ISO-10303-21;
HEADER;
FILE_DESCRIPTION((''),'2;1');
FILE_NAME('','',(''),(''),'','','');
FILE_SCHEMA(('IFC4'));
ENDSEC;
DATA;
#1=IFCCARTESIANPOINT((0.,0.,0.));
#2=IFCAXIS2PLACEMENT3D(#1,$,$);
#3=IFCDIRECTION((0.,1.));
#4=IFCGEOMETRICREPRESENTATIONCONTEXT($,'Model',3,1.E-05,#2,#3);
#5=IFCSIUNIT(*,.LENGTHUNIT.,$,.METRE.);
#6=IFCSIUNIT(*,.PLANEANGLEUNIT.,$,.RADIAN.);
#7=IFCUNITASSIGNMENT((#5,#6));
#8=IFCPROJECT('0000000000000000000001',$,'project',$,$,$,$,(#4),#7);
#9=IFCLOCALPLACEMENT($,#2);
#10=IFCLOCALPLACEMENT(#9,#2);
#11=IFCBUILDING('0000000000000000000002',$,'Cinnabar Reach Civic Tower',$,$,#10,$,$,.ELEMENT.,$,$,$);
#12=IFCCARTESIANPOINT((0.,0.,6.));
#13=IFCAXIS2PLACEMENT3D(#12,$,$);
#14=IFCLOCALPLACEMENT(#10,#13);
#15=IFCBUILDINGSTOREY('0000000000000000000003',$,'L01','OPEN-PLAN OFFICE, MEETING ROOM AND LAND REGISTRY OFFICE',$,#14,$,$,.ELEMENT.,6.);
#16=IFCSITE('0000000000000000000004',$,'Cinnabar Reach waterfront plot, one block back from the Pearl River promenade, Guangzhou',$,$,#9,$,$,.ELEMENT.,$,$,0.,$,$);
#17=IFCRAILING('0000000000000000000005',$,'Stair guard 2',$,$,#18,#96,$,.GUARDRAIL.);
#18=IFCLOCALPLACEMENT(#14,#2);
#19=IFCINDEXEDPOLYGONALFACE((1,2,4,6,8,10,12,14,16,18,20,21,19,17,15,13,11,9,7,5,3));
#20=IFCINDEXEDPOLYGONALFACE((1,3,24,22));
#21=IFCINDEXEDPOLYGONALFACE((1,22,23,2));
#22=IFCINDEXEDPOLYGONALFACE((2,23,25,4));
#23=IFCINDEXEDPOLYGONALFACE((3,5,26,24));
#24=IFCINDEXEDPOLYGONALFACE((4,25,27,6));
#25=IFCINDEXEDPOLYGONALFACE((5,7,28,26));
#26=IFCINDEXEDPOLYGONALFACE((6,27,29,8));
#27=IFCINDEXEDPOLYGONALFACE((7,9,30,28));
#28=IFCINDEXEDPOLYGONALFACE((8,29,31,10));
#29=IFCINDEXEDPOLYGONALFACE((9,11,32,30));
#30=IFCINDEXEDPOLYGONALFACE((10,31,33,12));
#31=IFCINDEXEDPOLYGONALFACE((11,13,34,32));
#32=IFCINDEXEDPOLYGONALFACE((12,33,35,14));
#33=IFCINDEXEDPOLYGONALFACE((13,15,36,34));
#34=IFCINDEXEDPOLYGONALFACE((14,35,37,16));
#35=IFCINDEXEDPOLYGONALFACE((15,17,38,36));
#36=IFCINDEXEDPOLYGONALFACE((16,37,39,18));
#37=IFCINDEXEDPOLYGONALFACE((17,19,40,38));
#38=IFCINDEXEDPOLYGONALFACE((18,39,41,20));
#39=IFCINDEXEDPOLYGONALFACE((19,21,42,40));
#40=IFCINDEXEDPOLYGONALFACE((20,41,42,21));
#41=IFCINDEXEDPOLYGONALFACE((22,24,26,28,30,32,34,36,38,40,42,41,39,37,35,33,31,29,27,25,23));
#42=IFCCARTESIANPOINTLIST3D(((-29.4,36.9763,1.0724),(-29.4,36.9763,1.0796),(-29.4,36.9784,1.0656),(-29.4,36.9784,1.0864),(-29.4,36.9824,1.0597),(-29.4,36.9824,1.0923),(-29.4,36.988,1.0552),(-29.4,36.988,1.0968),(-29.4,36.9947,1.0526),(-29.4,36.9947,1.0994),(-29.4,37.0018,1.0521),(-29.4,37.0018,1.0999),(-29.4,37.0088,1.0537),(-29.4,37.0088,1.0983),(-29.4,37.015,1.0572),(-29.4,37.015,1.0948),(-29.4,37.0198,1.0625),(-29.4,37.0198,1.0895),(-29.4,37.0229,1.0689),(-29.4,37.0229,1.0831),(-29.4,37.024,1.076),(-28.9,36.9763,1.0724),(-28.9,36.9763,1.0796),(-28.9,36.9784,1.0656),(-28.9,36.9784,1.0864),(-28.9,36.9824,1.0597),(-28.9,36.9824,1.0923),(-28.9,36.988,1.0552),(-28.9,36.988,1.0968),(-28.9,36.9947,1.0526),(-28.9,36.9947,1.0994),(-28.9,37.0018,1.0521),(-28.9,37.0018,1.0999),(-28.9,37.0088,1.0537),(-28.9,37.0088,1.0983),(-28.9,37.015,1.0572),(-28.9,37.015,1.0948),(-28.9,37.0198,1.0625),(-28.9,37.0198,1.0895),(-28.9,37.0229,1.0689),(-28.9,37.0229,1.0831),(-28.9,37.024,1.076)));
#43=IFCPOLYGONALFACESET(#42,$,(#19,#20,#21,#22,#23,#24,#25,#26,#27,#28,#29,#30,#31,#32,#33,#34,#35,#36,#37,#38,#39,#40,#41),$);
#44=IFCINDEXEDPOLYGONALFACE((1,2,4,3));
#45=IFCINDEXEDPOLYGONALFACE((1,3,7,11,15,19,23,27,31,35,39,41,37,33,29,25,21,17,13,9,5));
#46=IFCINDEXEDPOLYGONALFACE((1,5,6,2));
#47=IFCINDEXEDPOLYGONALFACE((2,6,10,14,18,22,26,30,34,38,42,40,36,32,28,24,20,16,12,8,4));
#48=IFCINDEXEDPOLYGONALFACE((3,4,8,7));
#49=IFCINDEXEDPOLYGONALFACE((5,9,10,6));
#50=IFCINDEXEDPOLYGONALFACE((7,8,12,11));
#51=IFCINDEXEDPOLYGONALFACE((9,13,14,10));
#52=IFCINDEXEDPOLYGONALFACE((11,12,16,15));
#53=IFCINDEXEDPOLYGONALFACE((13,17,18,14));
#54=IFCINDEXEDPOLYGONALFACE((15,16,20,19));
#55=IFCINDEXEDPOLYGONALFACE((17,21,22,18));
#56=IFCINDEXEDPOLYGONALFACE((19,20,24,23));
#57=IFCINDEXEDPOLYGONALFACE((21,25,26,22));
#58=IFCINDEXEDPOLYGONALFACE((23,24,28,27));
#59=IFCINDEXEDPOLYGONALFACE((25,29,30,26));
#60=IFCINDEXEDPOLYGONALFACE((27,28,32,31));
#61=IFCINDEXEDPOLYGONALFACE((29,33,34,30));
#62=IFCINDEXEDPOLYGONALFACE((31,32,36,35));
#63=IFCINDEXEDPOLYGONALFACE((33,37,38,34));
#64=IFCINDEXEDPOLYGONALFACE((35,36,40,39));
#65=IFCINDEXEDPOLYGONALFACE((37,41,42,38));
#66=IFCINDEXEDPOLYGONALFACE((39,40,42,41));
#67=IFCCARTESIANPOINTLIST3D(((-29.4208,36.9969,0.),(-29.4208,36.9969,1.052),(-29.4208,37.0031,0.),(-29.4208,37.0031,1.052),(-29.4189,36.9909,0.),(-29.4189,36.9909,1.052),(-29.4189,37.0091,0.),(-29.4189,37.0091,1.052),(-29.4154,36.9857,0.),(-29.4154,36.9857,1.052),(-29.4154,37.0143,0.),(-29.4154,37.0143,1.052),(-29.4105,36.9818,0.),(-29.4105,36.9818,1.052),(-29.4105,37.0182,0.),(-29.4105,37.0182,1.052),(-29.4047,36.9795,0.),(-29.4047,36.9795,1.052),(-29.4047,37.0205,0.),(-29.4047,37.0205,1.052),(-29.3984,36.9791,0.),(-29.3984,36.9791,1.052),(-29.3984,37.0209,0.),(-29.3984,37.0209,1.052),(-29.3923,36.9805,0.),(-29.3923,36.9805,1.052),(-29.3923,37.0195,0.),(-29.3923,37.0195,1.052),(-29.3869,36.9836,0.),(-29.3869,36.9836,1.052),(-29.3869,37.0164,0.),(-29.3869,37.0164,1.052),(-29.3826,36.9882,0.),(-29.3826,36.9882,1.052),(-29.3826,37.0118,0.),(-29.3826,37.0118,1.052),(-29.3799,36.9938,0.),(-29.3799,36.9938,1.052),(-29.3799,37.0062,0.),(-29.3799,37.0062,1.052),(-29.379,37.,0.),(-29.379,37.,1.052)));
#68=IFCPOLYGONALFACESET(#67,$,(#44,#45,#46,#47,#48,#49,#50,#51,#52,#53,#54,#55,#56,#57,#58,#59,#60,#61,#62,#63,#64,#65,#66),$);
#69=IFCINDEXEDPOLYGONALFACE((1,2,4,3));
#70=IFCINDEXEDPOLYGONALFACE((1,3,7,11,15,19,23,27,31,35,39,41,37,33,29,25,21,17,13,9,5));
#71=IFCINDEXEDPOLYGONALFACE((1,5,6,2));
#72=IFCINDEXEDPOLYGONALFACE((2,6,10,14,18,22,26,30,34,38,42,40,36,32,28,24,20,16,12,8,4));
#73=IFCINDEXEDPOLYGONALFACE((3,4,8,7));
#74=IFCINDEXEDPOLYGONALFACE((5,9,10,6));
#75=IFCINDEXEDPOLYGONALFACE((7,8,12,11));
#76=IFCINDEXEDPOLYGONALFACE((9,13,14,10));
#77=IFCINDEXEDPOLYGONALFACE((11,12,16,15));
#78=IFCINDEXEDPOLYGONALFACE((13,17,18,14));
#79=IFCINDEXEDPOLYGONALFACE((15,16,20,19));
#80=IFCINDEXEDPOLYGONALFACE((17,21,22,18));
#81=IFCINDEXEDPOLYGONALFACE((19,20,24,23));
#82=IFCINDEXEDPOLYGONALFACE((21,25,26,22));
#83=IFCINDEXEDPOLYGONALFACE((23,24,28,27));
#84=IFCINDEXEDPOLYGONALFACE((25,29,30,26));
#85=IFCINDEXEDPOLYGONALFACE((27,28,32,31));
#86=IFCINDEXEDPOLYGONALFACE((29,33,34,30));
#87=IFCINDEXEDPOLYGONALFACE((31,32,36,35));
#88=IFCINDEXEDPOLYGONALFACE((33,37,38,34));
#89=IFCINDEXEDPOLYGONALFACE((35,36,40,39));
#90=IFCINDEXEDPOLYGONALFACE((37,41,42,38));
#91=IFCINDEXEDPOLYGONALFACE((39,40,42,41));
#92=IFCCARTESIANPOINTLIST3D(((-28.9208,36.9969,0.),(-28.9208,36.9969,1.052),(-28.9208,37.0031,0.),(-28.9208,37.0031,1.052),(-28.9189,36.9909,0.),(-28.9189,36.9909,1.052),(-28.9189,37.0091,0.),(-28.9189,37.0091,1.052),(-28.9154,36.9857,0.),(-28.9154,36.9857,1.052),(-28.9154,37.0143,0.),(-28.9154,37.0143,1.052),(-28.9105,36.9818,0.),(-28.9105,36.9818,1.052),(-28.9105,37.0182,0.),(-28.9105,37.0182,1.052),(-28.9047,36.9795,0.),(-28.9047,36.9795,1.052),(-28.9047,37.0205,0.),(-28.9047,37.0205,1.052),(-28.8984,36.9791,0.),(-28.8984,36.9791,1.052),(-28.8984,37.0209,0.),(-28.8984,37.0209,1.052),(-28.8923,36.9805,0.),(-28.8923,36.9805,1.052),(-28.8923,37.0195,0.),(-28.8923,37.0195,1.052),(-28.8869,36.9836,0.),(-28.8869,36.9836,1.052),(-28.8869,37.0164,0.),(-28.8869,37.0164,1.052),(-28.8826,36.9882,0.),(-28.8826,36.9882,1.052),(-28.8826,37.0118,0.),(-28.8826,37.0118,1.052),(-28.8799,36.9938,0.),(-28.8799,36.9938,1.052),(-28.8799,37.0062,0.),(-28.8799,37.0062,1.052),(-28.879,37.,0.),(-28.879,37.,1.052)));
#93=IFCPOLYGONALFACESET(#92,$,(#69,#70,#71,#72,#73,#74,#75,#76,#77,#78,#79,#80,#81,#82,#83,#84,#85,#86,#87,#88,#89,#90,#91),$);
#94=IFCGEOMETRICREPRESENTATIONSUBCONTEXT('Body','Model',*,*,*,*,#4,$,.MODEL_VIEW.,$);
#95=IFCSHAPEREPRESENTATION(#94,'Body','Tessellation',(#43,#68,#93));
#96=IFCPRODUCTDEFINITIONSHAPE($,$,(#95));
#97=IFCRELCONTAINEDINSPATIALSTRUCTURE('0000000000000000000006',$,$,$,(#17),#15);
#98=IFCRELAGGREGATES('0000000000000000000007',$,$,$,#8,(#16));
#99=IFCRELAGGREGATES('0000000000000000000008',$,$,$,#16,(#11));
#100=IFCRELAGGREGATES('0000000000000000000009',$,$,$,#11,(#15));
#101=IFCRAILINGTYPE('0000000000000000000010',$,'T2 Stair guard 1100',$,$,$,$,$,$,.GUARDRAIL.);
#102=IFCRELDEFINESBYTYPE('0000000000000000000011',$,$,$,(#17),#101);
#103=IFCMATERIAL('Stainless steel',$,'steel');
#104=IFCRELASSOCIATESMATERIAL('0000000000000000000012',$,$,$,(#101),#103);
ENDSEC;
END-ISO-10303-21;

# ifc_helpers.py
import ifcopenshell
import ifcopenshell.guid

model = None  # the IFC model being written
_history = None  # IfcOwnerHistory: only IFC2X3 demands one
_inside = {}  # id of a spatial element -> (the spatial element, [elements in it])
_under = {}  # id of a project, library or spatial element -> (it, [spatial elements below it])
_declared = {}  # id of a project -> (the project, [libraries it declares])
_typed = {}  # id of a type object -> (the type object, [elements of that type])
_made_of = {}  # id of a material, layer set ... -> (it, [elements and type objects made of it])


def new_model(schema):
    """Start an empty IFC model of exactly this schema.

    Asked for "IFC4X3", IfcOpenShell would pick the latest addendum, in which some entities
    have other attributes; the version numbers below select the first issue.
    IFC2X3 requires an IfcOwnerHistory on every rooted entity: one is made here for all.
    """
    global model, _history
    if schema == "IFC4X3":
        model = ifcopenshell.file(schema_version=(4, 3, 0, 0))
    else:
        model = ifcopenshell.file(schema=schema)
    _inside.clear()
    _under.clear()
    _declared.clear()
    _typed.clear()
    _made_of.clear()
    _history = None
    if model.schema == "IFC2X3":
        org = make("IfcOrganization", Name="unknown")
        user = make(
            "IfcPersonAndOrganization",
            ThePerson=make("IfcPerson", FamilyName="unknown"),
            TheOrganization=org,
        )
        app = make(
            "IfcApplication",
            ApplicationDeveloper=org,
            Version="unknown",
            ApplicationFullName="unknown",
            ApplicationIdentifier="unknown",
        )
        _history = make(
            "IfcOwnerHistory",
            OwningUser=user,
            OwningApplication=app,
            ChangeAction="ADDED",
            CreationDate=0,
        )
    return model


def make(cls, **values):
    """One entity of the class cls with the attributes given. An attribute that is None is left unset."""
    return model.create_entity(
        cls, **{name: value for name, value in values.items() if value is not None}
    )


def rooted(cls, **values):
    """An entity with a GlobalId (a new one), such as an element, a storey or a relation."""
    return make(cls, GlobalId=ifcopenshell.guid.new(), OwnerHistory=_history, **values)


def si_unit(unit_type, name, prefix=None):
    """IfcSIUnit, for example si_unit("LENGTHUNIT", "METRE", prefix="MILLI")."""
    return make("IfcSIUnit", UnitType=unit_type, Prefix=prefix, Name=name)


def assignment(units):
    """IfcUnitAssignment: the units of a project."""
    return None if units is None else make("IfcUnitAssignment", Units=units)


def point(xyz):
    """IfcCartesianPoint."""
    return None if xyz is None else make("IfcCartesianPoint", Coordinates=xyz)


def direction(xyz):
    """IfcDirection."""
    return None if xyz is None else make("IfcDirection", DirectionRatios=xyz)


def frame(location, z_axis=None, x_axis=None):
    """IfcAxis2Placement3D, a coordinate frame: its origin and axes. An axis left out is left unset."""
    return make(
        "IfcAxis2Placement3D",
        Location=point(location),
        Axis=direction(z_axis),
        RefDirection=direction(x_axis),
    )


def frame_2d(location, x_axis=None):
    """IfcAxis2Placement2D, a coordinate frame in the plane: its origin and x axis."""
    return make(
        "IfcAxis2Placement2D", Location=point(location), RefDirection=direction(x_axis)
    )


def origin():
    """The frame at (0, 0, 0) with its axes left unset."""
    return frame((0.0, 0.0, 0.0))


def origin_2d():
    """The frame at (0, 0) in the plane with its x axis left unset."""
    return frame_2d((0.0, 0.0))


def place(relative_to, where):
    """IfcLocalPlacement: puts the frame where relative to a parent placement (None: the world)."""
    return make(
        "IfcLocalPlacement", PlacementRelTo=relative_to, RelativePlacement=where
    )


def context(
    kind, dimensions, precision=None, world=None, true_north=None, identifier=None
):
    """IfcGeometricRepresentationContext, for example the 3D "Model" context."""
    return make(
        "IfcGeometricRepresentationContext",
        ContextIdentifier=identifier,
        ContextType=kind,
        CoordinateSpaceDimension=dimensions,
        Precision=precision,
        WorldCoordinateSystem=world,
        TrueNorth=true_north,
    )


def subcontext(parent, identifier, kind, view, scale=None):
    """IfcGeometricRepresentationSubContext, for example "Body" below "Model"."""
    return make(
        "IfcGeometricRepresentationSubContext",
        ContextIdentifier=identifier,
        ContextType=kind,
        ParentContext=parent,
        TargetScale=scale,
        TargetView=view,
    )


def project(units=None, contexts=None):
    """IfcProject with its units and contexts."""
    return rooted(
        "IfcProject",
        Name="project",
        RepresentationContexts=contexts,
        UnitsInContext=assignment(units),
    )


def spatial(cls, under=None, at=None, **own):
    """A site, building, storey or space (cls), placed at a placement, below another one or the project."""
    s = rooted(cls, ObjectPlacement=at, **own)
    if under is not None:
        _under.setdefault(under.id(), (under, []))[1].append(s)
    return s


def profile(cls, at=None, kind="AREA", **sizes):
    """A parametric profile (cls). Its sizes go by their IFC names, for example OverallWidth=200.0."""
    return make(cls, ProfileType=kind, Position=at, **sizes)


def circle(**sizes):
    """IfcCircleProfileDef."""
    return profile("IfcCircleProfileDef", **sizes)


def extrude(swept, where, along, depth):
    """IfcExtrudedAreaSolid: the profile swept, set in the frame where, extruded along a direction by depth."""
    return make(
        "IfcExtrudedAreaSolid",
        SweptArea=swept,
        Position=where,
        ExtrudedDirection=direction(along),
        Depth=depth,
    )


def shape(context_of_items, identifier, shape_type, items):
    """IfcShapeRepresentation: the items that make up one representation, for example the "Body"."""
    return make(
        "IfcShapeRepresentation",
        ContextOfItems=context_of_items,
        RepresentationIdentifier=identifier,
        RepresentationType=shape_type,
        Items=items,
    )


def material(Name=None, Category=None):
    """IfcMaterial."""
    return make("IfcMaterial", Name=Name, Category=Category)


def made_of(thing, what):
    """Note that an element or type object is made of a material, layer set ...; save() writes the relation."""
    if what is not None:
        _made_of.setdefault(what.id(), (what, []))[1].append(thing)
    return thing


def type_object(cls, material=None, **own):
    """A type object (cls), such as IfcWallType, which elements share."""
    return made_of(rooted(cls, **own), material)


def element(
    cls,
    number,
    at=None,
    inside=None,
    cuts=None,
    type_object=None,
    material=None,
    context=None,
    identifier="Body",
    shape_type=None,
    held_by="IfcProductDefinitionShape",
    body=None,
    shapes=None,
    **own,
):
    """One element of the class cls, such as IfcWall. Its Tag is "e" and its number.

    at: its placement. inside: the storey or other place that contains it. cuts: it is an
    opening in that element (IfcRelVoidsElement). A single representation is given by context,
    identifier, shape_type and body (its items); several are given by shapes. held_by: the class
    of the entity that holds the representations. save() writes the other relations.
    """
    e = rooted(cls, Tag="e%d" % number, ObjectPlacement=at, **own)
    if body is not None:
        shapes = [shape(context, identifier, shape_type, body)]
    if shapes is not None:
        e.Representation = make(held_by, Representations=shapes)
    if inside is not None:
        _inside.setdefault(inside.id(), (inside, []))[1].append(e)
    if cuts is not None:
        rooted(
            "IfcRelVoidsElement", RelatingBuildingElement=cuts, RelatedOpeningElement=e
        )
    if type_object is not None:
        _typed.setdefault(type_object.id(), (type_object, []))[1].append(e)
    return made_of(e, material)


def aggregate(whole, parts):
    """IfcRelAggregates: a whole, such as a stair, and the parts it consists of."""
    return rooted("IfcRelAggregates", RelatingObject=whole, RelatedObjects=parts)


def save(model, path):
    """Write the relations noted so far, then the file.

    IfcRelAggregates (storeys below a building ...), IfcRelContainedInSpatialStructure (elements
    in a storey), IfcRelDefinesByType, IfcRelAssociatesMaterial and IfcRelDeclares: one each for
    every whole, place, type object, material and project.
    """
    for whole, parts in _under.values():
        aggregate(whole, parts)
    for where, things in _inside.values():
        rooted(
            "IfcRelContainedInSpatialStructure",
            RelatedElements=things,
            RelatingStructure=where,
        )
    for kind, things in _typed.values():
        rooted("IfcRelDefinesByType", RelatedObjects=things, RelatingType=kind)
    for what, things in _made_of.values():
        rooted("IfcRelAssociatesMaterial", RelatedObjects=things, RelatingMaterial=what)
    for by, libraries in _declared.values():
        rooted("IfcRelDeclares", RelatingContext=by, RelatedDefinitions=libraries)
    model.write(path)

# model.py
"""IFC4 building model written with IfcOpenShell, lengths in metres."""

from ifc_helpers import new_model, si_unit, direction, frame, origin, origin_2d, place, context, subcontext, project, spatial, circle, extrude, material, type_object, element, save


model = new_model("IFC4")

# Units and contexts
model_context = context("Model", 3, precision=1e-05, world=origin(), true_north=direction((0.0, 1.0)))
body_context = subcontext(model_context, "Body", "Model", "MODEL_VIEW")
ifc_project = project(units=[si_unit("LENGTHUNIT", "METRE"), si_unit("PLANEANGLEUNIT", "RADIAN")], contexts=[model_context])

# Site, building, storey
site_placement = place(None, origin())
site = spatial("IfcSite", under=ifc_project, at=site_placement, Name="Cinnabar Reach waterfront plot, one block back from the Pearl River promenade, Guangzhou", CompositionType="ELEMENT", RefElevation=0.0)
building_placement = place(site_placement, origin())
building = spatial("IfcBuilding", under=site, at=building_placement, Name="Cinnabar Reach Civic Tower", CompositionType="ELEMENT")
storey_placement = place(building_placement, frame((0.0, 0.0, 6.0)))
storey = spatial("IfcBuildingStorey", under=building, at=storey_placement, Name="L01", Description="OPEN-PLAN OFFICE, MEETING ROOM AND LAND REGISTRY OFFICE", CompositionType="ELEMENT", Elevation=6.0)

# Railing
ifc_material_1 = material(Name="Stainless steel", Category="steel")
railing_type = type_object("IfcRailingType", Name="T2 Stair guard 1100", PredefinedType="GUARDRAIL", material=ifc_material_1)
railing_1_placement = place(storey_placement, frame((-29.4, 37.0, 0.0)))
element("IfcRailing", 1, at=railing_1_placement, inside=storey, type_object=railing_type, Name="Stair guard 2", PredefinedType="GUARDRAIL", context=body_context, shape_type="SweptSolid", body=[
    extrude(circle(Radius=0.024, at=origin_2d()), frame((0.0, 0.0, 1.076), z_axis=(1.0, 0.0, 0.0), x_axis=(0.0, 1.0, 0.0)), (0.0, 0.0, 1.0), 0.5),
    extrude(circle(Radius=0.021, at=origin_2d()), origin(), (0.0, 0.0, 1.0), 1.052),
    extrude(circle(Radius=0.021, at=origin_2d()), frame((0.5, 0.0, 0.0)), (0.0, 0.0, 1.0), 1.052),
])

save(model, "model.ifc")
